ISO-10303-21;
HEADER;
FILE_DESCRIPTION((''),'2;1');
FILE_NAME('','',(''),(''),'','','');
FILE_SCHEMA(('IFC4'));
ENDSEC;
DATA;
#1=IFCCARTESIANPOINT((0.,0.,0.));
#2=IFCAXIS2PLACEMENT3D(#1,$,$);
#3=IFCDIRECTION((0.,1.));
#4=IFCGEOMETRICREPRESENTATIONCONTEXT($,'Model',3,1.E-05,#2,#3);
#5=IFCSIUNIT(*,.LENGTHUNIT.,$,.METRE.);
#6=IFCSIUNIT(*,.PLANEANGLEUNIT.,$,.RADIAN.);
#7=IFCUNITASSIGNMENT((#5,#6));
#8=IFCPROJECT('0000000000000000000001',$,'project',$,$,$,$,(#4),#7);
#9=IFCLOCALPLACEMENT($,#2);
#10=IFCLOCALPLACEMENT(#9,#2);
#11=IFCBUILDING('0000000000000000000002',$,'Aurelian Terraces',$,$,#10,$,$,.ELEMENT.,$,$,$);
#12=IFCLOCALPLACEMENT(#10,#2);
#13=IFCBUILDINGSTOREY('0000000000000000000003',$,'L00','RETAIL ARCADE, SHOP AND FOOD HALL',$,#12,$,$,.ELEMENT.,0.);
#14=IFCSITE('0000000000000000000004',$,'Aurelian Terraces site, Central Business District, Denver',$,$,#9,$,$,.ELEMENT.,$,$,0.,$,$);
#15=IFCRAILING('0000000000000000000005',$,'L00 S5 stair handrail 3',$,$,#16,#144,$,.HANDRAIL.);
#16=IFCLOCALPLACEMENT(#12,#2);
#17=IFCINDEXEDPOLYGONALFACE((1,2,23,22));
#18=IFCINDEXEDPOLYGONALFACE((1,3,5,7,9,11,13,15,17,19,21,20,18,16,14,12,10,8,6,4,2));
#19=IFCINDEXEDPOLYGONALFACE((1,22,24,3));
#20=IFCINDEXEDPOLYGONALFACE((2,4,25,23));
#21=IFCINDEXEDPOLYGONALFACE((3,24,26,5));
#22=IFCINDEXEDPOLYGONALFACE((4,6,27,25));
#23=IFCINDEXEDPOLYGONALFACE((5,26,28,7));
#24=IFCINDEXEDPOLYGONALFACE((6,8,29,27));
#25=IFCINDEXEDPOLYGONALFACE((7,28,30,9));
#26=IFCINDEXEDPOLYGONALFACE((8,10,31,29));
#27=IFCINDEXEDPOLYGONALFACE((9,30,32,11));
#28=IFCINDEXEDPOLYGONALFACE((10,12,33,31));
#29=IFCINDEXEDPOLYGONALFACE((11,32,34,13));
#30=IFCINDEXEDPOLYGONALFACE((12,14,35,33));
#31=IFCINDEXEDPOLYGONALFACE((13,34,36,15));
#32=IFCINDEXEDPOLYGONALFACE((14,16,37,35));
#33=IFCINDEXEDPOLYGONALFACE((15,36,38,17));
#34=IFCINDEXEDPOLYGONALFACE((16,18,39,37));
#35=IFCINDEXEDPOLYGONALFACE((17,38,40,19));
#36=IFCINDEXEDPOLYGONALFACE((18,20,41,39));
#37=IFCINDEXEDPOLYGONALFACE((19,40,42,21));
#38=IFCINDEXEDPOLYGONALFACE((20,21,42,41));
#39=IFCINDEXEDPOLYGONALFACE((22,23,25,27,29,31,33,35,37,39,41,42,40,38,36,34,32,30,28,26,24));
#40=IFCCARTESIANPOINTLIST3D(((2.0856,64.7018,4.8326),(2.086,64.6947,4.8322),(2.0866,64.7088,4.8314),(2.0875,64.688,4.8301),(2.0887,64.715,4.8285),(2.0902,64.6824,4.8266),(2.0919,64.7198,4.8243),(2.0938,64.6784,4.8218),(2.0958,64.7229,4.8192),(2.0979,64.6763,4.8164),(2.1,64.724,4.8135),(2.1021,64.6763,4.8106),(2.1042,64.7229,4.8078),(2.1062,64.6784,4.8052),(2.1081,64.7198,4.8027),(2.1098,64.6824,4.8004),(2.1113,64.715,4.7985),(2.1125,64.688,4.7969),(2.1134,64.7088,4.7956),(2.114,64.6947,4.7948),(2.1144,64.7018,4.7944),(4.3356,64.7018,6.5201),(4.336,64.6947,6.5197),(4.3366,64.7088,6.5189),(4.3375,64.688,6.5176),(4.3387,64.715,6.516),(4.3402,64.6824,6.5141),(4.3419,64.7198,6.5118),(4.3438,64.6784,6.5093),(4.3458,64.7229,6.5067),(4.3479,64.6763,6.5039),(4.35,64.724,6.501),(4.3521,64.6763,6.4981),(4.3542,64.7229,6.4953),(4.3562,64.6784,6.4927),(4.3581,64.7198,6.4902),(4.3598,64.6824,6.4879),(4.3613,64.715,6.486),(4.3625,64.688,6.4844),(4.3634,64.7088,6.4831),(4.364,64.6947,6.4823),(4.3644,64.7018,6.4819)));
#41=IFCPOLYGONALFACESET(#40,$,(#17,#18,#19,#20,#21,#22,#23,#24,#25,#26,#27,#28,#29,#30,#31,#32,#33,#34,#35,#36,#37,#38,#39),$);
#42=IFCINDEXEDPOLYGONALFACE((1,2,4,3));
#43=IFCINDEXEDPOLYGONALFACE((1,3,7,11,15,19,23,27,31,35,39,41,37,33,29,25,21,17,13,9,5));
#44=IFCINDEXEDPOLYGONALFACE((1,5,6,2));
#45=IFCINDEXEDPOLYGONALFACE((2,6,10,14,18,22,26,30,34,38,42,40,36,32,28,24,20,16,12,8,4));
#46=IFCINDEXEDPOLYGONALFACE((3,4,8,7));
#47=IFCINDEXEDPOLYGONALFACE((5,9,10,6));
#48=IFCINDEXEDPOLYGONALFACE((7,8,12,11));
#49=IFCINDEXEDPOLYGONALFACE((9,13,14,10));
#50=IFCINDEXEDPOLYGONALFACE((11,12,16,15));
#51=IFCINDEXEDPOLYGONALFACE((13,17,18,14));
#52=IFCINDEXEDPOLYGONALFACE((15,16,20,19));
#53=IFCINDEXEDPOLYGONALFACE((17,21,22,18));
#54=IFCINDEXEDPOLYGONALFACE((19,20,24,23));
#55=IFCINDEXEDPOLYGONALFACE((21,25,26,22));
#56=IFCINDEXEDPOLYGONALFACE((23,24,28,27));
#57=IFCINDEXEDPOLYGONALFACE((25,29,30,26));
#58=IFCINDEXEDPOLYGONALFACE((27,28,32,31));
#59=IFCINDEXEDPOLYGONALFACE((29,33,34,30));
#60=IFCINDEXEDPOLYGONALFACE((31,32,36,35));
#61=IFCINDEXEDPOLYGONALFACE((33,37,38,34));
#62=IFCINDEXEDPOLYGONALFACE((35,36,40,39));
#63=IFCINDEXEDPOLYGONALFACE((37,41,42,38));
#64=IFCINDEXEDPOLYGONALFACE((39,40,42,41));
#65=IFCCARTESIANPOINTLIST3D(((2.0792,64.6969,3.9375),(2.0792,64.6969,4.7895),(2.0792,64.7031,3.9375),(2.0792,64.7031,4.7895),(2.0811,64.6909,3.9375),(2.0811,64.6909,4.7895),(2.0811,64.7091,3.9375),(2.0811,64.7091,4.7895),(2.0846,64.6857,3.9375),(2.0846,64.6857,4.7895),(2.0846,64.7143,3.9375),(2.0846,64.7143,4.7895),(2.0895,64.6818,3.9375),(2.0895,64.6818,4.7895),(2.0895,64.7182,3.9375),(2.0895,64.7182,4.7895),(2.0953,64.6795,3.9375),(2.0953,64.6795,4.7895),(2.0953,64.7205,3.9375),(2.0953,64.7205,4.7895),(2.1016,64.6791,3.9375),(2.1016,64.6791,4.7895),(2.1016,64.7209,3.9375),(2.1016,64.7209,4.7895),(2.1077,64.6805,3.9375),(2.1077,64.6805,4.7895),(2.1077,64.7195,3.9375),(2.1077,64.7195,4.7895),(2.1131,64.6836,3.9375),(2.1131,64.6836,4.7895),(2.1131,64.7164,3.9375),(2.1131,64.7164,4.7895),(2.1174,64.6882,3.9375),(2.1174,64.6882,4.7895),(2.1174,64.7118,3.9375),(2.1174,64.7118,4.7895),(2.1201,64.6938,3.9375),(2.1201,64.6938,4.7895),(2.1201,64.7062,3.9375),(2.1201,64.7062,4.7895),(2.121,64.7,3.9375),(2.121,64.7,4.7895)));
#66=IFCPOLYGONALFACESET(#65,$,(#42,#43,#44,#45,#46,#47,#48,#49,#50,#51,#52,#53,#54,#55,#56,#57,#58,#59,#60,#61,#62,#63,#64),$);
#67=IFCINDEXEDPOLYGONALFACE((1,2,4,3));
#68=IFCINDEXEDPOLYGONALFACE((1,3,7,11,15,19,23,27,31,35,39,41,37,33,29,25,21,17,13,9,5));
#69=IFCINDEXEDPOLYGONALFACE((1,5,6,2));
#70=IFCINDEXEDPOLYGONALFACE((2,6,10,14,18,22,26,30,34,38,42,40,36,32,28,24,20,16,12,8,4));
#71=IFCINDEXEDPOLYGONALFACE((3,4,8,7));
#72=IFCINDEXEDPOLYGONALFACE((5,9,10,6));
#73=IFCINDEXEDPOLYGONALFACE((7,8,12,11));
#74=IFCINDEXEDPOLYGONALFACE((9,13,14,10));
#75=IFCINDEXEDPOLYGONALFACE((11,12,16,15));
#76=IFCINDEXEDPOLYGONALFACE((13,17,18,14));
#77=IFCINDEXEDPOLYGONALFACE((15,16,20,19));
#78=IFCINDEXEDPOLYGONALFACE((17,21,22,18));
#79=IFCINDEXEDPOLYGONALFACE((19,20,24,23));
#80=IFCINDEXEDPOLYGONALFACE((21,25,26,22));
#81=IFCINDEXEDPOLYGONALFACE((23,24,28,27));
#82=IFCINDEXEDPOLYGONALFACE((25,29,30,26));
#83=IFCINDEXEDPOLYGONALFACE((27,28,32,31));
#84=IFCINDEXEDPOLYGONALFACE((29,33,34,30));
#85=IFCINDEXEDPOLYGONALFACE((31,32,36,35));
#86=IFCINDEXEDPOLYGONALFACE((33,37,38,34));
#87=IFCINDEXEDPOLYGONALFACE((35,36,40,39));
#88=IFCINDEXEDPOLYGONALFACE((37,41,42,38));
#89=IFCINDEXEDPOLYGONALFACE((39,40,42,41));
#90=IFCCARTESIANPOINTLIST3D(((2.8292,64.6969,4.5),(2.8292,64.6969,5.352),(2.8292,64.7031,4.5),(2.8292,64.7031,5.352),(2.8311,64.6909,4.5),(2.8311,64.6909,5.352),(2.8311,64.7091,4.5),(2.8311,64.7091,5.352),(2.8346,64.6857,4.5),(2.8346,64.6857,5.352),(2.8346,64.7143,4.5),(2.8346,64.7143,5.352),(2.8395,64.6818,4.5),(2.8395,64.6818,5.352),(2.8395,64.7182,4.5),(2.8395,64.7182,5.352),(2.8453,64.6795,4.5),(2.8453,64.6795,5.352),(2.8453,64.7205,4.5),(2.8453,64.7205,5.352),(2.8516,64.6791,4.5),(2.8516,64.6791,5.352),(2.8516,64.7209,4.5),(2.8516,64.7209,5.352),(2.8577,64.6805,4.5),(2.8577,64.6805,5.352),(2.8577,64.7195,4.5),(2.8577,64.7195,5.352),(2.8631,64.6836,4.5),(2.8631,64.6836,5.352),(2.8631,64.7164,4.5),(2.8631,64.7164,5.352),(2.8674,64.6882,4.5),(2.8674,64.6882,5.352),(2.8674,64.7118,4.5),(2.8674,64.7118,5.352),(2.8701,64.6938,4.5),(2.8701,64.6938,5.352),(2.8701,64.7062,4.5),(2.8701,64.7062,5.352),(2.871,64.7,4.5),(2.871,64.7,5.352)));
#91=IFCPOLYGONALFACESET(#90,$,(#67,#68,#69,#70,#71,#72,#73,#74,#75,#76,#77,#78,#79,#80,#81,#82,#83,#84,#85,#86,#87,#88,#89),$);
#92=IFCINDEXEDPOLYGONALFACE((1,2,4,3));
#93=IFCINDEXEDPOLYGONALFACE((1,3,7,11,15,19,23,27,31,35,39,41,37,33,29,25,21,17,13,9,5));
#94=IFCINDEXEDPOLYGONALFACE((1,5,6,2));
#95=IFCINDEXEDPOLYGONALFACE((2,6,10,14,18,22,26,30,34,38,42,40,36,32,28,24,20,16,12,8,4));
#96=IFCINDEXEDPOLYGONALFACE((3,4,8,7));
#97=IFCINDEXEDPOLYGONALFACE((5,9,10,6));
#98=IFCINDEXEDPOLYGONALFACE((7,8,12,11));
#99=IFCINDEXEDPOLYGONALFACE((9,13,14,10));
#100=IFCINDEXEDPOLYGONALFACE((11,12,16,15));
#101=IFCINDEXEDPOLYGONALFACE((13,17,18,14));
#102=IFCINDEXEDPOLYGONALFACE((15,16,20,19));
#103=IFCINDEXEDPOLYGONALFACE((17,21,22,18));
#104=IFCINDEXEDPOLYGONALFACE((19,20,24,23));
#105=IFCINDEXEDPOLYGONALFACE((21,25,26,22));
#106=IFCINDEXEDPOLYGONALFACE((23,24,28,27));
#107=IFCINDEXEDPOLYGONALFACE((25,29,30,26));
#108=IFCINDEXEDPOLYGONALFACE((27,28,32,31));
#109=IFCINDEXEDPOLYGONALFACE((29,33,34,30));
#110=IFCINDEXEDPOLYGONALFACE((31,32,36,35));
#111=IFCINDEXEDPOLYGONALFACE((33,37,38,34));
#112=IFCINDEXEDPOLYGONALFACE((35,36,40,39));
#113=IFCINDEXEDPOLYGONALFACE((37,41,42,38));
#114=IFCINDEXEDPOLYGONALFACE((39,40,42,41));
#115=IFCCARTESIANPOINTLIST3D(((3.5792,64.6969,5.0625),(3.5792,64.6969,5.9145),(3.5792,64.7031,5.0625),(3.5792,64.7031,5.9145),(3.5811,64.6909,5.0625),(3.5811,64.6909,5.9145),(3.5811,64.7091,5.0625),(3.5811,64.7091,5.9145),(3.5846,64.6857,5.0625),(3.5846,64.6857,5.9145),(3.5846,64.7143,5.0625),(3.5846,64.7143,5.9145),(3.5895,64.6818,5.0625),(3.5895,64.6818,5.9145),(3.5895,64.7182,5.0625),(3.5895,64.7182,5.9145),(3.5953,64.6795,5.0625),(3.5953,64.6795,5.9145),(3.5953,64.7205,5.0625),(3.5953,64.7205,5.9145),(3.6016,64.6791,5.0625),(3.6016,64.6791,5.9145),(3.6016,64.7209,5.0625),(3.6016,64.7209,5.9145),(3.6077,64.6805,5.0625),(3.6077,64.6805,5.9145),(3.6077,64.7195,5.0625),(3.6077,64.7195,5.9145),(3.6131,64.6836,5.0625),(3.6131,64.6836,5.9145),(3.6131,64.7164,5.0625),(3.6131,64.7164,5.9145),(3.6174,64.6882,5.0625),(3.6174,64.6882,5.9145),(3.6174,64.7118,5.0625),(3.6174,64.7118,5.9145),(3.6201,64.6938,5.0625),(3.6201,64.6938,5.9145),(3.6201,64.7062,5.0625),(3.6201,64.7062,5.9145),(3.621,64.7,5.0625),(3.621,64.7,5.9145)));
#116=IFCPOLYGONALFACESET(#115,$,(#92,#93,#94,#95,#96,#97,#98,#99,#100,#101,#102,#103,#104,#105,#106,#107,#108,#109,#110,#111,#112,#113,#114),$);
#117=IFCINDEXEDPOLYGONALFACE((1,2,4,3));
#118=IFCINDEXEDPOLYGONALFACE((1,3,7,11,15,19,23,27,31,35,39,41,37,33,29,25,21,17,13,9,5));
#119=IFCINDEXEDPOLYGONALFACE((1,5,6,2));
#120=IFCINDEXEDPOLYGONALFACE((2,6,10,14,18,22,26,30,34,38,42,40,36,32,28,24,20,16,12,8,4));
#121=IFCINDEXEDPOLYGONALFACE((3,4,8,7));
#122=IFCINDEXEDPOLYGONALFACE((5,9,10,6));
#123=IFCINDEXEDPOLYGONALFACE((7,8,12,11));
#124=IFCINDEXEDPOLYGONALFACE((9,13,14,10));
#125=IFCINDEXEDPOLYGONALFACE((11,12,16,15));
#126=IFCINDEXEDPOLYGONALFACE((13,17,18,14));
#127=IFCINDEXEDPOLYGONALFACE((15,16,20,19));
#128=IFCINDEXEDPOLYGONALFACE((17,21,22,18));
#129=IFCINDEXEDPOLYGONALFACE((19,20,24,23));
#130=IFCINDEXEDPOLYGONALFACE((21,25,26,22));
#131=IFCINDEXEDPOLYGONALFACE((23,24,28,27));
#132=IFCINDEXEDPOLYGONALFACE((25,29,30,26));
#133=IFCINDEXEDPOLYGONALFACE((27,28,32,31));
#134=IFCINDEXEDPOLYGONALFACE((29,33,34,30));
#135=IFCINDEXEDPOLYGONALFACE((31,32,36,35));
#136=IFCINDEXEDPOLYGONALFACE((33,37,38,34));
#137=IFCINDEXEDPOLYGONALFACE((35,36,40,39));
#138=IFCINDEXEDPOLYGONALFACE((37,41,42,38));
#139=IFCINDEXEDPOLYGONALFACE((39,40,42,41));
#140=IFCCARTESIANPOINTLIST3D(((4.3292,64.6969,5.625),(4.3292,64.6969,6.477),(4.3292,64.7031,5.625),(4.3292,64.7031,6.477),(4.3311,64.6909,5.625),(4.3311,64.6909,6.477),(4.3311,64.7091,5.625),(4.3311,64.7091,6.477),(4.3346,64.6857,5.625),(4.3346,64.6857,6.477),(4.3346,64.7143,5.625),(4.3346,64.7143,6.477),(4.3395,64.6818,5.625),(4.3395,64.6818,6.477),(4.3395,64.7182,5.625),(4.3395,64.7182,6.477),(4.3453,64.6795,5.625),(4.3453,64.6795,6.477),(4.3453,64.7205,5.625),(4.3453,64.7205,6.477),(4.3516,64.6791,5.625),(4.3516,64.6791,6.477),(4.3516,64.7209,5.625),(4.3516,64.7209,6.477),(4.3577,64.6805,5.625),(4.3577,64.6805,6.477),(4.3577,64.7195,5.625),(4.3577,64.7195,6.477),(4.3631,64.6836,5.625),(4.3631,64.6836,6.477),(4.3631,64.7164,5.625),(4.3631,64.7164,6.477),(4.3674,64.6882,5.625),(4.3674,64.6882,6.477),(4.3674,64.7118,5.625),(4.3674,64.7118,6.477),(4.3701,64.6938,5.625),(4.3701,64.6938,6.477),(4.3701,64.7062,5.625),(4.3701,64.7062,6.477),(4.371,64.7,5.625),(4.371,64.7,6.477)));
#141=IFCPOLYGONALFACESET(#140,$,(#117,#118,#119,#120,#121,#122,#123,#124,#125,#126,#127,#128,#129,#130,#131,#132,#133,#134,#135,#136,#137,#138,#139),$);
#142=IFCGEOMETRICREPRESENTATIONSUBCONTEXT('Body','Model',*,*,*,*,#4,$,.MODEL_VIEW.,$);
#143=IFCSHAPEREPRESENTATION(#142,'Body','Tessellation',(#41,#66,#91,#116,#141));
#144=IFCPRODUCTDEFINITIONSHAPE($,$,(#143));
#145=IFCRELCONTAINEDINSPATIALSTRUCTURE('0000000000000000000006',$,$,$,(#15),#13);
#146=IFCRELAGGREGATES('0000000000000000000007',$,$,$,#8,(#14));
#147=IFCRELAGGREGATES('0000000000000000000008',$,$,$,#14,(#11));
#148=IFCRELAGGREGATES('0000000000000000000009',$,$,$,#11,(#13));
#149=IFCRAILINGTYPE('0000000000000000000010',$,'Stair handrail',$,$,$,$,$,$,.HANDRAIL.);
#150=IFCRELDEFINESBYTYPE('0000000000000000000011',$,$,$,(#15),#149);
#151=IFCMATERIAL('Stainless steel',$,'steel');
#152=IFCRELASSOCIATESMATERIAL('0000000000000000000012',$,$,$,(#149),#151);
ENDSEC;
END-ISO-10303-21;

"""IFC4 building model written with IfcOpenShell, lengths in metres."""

from ifc_helpers import new_model, si_unit, direction, frame, origin, origin_2d, place, context, subcontext, project, spatial, circle, extrude, source, transform, mapped, material, type_object, element, save


model = new_model("IFC4")

# Units and contexts
model_context = context("Model", 3, precision=1e-05, world=origin(), true_north=direction((0.0, 1.0)))
body_context = subcontext(model_context, "Body", "Model", "MODEL_VIEW")
ifc_project = project(units=[si_unit("LENGTHUNIT", "METRE"), si_unit("PLANEANGLEUNIT", "RADIAN")], contexts=[model_context])

# Site, building, storey
site_placement = place(None, origin())
site = spatial("IfcSite", under=ifc_project, at=site_placement, Name="Aurelian Terraces site, Central Business District, Denver", CompositionType="ELEMENT", RefElevation=0.0)
building_placement = place(site_placement, origin())
building = spatial("IfcBuilding", under=site, at=building_placement, Name="Aurelian Terraces", CompositionType="ELEMENT")
storey_placement = place(building_placement, origin())
storey = spatial("IfcBuildingStorey", under=building, at=storey_placement, Name="L00", Description="RETAIL ARCADE, SHOP AND FOOD HALL", CompositionType="ELEMENT", Elevation=0.0)

# Railing
ifc_material_1 = material(Name="Stainless steel", Category="steel")
railing_type_1 = type_object("IfcRailingType", Name="Stair handrail", PredefinedType="HANDRAIL", material=ifc_material_1)
shared_shape_1 = source(origin(), body_context, "Body", "SweptSolid", [
    extrude(circle(Radius=0.024, at=origin_2d()), frame((0.0, 0.0, 0.876), z_axis=(0.8, 0.0, 0.6), x_axis=(0.0, 1.0, 0.0)), (0.0, 0.0, 1.0), 2.8125),
    extrude(circle(Radius=0.021, at=origin_2d()), origin(), (0.0, 0.0, 1.0), 0.852),
    extrude(circle(Radius=0.021, at=origin_2d()), frame((0.75, 0.0, 0.5625)), (0.0, 0.0, 1.0), 0.852),
    extrude(circle(Radius=0.021, at=origin_2d()), frame((1.5, 0.0, 1.125)), (0.0, 0.0, 1.0), 0.852),
    extrude(circle(Radius=0.021, at=origin_2d()), frame((2.25, 0.0, 1.6875)), (0.0, 0.0, 1.0), 0.852),
])
for number, where, name in (
    (1, (2.1, 64.7, 3.9375), "L00 S5 stair handrail 3"),
):
    element("IfcRailing", number, at=place(storey_placement, frame(where)), inside=storey, type_object=railing_type_1, Name=name, PredefinedType="HANDRAIL", context=body_context, shape_type="MappedRepresentation", body=[
        mapped(shared_shape_1, transform((0.0, 0.0, 0.0), scale=1.0)),
    ])

save(model, "model.ifc")
